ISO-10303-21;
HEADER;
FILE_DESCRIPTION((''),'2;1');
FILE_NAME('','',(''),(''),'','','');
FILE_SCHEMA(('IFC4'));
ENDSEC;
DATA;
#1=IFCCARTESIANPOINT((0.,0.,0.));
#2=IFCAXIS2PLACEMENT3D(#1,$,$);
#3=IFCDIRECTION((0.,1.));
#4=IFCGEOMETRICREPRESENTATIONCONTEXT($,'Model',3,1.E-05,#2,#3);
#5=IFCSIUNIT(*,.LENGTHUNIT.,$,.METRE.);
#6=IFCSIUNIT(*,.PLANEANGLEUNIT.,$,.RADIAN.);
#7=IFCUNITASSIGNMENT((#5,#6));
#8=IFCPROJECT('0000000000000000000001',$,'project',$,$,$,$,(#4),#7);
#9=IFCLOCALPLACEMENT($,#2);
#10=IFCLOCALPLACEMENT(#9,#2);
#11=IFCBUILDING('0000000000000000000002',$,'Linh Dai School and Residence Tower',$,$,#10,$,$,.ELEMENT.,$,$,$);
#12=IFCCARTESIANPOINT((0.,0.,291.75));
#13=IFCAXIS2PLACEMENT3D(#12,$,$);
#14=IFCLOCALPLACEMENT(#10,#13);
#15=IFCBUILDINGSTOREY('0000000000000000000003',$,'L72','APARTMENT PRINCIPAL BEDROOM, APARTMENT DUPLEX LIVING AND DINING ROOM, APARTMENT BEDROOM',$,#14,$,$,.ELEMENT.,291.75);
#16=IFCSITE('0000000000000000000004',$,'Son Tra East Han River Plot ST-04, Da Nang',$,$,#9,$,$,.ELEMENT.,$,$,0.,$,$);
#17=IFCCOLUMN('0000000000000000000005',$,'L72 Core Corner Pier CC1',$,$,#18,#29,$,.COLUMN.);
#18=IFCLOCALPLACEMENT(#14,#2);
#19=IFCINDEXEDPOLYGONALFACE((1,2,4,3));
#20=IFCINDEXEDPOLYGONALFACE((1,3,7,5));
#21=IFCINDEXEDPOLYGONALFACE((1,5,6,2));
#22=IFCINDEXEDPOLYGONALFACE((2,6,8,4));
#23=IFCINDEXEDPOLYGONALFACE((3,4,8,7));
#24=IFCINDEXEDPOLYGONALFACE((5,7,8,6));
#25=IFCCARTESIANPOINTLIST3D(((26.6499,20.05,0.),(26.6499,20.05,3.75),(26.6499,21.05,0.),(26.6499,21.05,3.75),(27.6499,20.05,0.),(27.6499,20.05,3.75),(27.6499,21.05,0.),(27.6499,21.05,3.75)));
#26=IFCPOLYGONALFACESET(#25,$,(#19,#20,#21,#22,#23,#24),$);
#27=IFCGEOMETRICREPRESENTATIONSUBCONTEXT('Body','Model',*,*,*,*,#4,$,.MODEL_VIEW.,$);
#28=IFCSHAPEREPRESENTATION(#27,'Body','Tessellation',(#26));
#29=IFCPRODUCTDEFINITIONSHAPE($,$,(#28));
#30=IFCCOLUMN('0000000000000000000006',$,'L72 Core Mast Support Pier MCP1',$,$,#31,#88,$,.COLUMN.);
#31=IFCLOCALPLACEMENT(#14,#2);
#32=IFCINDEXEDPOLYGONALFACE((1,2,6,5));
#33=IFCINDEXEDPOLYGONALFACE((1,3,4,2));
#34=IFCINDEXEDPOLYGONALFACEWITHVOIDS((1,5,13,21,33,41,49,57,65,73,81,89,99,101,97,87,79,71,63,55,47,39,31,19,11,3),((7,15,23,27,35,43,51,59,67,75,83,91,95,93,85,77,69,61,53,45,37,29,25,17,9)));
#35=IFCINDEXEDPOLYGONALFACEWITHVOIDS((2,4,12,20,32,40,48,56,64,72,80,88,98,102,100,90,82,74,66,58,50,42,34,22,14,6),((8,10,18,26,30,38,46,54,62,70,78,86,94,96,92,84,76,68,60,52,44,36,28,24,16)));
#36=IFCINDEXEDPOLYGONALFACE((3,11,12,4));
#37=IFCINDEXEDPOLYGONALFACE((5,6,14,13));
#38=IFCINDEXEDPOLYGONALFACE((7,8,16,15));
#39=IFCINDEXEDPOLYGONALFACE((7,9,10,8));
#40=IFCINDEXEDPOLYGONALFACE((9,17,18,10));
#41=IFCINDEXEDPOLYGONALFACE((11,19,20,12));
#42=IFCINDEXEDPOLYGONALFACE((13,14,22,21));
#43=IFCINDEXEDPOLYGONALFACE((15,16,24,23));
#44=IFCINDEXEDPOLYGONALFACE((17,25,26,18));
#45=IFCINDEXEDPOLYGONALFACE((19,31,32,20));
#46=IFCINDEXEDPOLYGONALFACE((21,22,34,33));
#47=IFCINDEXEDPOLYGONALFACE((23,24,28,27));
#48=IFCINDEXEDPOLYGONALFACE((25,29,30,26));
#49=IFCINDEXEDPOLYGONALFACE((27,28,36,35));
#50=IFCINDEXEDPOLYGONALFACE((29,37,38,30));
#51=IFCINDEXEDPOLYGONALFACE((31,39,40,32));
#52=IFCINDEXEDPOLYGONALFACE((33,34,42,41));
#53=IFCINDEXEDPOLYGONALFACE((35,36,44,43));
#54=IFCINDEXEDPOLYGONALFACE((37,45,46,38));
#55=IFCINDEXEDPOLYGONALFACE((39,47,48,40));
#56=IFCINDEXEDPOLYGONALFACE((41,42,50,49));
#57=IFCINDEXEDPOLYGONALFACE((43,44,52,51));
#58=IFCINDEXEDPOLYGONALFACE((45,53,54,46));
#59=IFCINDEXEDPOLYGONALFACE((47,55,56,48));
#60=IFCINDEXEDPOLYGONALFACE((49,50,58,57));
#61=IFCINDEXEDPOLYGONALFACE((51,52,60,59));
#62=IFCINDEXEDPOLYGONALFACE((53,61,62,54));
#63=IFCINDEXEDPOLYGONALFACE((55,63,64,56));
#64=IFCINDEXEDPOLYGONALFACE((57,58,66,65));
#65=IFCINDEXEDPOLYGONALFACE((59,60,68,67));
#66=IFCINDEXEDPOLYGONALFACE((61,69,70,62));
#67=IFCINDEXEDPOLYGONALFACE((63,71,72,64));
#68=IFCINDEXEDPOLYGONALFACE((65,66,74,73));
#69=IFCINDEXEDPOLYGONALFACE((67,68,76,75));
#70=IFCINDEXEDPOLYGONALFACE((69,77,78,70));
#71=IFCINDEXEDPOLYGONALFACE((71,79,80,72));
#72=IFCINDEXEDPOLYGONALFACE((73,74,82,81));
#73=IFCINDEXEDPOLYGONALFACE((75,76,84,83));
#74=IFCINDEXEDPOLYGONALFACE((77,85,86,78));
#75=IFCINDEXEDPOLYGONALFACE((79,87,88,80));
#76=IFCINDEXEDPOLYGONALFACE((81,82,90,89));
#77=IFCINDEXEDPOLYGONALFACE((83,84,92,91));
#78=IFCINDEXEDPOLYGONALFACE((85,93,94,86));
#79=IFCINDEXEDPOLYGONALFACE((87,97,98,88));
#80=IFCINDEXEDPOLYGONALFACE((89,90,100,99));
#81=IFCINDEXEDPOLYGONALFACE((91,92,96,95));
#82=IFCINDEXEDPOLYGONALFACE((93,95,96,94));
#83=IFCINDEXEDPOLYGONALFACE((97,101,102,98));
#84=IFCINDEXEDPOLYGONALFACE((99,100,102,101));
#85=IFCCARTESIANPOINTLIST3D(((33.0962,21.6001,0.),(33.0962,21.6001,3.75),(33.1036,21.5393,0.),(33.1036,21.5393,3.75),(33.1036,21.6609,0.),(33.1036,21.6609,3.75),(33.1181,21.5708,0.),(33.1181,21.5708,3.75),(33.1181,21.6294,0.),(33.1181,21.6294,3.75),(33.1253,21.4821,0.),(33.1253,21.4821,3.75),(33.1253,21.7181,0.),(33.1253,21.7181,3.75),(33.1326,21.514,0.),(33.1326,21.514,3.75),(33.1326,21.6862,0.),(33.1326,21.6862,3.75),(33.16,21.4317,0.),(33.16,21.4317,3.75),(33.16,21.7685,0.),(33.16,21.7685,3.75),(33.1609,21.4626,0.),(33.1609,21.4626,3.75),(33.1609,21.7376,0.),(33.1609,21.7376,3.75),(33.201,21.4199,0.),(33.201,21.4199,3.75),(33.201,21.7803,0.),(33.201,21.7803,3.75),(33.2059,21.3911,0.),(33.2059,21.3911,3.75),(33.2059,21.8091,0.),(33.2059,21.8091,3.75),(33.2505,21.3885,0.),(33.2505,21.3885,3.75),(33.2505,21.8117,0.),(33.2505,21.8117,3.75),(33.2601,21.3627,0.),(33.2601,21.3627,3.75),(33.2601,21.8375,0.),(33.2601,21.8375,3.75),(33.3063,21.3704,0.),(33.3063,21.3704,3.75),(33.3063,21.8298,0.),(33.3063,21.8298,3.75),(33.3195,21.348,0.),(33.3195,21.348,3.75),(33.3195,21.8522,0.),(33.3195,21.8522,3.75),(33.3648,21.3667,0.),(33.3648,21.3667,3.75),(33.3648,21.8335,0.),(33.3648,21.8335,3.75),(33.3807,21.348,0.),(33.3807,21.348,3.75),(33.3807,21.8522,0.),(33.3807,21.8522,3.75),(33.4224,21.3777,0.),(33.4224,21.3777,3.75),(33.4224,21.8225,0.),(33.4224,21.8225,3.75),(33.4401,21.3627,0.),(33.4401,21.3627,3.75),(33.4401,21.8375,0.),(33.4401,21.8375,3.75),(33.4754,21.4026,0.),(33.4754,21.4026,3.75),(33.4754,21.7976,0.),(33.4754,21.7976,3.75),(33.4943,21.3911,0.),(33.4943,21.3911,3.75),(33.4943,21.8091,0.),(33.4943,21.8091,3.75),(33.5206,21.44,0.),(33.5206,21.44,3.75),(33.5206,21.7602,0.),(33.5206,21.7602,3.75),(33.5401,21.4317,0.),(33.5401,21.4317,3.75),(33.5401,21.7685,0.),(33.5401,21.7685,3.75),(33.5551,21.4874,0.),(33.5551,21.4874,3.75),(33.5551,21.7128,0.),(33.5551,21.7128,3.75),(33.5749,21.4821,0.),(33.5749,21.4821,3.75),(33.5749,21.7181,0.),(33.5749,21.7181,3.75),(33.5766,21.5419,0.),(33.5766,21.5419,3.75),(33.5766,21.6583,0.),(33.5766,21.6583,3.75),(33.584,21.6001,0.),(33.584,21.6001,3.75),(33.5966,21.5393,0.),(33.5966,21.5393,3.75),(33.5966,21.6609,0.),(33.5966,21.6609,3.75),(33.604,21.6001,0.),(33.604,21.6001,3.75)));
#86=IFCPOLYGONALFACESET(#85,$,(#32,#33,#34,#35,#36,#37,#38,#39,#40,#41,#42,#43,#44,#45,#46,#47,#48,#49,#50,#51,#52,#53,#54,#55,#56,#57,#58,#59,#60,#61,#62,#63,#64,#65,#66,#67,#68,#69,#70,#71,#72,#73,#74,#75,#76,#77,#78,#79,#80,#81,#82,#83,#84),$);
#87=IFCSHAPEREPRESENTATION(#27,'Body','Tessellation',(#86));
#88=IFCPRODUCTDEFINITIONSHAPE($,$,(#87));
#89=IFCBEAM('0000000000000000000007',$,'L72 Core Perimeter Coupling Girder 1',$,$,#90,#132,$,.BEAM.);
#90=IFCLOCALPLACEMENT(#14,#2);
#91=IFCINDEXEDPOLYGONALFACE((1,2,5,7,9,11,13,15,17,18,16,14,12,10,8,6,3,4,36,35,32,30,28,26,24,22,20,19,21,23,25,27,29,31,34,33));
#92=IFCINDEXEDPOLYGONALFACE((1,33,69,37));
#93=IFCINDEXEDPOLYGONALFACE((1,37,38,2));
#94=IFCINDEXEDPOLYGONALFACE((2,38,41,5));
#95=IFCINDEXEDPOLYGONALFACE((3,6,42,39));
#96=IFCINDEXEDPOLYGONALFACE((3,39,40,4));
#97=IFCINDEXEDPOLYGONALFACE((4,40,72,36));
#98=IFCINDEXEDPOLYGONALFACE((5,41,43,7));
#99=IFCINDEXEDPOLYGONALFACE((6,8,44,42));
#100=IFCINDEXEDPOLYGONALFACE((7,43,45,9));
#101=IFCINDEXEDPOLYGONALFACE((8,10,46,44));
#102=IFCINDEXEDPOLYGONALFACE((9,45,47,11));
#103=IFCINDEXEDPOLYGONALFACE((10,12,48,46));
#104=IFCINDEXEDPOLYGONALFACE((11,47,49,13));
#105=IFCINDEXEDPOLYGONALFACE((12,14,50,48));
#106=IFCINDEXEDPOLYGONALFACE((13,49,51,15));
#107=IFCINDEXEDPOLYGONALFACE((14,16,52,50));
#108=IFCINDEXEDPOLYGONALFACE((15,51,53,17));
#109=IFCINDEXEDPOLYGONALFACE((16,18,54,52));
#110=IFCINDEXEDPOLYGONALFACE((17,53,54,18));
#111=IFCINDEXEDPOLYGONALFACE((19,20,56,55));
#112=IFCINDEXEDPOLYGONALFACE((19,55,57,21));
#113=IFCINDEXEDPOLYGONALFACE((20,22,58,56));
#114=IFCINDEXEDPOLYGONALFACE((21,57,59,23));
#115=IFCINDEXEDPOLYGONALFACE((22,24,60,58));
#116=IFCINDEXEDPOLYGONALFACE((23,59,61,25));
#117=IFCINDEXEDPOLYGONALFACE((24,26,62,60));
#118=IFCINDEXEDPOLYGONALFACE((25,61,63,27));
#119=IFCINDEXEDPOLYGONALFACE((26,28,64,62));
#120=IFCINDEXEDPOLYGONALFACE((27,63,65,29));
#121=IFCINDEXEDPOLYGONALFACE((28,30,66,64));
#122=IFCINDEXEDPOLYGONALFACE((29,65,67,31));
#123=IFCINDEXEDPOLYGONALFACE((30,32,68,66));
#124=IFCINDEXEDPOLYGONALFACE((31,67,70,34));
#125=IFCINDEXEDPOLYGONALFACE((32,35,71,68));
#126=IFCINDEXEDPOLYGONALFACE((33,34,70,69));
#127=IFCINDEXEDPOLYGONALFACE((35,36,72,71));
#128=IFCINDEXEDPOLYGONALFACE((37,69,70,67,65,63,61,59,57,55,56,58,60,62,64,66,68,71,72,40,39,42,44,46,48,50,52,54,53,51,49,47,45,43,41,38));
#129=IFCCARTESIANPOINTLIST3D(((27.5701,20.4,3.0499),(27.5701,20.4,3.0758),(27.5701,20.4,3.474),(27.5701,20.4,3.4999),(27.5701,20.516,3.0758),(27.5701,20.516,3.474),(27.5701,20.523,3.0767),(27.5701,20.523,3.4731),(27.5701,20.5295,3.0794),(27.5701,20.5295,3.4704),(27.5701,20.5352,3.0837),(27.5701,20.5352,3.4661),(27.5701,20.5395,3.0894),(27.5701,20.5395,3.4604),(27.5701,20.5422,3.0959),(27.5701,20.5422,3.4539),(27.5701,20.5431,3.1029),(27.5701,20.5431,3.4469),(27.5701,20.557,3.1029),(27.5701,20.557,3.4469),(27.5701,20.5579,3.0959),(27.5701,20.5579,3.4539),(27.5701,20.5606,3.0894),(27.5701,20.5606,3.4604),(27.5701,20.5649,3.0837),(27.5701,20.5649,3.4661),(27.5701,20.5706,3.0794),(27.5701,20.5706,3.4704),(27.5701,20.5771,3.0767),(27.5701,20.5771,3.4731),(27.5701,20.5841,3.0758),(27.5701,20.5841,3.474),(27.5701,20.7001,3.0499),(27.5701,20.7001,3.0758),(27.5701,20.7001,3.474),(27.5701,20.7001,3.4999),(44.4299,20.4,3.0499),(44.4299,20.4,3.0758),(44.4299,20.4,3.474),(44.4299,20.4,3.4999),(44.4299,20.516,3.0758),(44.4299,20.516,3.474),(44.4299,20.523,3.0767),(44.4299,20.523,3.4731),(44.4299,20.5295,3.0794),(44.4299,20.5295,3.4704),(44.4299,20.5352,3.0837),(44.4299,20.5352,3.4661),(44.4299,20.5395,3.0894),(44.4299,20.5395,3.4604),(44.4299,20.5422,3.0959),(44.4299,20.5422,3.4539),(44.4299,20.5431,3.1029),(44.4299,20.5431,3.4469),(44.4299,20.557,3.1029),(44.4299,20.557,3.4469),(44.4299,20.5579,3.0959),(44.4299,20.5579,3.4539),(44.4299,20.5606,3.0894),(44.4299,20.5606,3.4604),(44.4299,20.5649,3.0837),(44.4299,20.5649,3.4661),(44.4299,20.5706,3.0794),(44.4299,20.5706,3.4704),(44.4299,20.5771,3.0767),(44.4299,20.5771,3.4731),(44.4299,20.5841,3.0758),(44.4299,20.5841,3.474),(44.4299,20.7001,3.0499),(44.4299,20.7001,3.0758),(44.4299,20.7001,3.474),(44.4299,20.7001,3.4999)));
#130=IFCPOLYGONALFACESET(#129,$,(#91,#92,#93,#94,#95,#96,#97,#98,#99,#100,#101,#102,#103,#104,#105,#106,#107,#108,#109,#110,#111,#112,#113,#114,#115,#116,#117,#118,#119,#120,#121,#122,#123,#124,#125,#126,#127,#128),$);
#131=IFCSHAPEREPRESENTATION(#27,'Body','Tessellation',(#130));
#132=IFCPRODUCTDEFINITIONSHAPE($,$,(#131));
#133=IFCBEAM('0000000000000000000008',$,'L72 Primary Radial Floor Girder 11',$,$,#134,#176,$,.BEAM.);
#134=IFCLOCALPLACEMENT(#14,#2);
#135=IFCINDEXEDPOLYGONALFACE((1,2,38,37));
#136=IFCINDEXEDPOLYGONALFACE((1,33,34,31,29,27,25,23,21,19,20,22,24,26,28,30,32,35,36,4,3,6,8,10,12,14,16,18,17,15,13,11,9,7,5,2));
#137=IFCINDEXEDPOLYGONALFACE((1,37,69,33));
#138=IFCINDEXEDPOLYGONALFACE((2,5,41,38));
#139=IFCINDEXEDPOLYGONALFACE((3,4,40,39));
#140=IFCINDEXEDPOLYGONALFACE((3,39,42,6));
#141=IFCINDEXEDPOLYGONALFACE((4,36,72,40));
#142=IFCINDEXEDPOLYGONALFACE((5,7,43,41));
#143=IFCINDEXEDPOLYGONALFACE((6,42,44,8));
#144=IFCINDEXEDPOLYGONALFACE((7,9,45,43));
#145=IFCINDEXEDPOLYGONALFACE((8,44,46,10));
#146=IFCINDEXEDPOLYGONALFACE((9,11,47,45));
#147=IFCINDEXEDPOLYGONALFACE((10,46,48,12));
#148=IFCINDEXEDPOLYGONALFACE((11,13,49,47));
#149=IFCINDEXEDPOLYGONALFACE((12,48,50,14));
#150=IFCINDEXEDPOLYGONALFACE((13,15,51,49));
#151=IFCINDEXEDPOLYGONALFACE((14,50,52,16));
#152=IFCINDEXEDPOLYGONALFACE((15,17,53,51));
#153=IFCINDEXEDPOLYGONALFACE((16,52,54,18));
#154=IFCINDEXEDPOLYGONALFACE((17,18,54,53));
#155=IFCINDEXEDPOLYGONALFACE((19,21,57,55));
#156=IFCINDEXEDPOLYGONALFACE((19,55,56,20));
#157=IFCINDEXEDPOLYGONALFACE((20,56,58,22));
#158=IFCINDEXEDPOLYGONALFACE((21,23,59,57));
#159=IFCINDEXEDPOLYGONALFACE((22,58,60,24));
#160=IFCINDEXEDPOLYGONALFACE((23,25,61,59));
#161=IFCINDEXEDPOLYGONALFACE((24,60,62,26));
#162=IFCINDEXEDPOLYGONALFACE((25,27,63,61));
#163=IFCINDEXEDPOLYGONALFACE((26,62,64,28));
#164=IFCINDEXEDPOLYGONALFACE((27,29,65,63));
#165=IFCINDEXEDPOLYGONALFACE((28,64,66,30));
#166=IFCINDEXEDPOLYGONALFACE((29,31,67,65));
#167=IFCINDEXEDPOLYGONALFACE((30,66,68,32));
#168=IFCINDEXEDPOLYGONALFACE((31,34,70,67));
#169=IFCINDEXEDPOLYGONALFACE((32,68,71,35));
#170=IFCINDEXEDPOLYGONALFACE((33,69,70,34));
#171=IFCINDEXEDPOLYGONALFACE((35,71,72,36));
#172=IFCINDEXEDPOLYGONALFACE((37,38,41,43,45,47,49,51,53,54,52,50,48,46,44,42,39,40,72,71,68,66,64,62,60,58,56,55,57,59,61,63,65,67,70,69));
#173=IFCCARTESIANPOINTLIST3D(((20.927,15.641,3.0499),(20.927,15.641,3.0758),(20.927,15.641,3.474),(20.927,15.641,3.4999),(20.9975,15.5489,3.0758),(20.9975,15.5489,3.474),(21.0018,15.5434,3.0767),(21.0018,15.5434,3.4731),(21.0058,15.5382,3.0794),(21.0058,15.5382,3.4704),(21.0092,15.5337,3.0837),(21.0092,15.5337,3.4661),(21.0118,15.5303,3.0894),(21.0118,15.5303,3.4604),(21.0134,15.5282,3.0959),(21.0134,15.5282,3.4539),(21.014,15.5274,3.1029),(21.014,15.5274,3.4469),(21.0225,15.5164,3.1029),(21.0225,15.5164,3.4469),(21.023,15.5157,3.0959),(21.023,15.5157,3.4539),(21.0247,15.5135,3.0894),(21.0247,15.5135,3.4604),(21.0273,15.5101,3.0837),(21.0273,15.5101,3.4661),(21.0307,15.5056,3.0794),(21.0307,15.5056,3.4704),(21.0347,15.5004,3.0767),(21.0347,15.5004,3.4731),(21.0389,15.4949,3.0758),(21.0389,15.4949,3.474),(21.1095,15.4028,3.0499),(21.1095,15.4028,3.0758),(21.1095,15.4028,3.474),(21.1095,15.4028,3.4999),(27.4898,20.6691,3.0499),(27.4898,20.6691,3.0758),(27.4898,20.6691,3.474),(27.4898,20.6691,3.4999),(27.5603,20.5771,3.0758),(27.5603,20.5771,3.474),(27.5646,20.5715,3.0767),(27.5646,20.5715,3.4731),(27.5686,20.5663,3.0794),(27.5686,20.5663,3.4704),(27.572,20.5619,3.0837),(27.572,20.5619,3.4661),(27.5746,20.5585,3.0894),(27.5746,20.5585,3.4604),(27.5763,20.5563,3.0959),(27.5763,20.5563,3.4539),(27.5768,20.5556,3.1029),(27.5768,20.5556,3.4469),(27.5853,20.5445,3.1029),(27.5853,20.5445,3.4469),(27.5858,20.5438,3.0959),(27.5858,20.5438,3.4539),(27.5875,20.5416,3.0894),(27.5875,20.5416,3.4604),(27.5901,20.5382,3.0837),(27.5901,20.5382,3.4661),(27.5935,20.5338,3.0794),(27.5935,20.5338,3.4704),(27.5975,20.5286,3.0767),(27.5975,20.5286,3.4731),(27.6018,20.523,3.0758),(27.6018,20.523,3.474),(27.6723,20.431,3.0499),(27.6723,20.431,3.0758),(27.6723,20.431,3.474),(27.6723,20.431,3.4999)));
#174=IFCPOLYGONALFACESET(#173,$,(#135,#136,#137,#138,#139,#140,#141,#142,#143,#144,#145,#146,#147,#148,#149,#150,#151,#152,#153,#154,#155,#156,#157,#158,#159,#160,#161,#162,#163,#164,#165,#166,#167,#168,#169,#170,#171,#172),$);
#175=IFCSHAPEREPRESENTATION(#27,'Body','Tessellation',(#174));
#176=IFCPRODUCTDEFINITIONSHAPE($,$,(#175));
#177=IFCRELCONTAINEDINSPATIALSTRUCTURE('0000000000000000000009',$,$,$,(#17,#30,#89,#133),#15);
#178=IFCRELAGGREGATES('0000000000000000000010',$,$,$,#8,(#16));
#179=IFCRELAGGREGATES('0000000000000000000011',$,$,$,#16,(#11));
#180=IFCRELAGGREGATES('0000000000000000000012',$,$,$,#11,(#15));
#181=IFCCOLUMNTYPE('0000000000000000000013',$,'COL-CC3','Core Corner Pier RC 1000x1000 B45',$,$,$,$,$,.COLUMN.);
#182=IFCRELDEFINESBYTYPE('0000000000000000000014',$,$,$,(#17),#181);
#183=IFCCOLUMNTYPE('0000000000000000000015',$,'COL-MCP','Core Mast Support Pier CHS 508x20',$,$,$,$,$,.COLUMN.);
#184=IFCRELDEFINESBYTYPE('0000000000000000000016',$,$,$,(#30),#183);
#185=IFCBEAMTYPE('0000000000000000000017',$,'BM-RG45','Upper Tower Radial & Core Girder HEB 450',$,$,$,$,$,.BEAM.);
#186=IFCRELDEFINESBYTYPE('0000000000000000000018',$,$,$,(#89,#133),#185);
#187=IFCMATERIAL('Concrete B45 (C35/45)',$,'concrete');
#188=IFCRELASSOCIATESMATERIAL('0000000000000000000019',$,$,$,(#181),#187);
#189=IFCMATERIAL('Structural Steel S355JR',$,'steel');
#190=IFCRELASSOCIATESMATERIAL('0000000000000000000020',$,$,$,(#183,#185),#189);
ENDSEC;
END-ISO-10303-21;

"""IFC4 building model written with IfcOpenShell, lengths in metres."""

from ifc_helpers import new_model, si_unit, direction, frame, origin, origin_2d, place, context, subcontext, project, spatial, rectangle, hollow_circle, i_section, extrude, material, material_profile, profile_set, type_object, element, save


model = new_model("IFC4")

# Units and contexts
model_context = context("Model", 3, precision=1e-05, world=origin(), true_north=direction((0.0, 1.0)))
body_context = subcontext(model_context, "Body", "Model", "MODEL_VIEW")
ifc_project = project(units=[si_unit("LENGTHUNIT", "METRE"), si_unit("PLANEANGLEUNIT", "RADIAN")], contexts=[model_context])

# Site, building, storey
site_placement = place(None, origin())
site = spatial("IfcSite", under=ifc_project, at=site_placement, Name="Son Tra East Han River Plot ST-04, Da Nang", CompositionType="ELEMENT", RefElevation=0.0)
building_placement = place(site_placement, origin())
building = spatial("IfcBuilding", under=site, at=building_placement, Name="Linh Dai School and Residence Tower", CompositionType="ELEMENT")
storey_placement = place(building_placement, frame((0.0, 0.0, 291.75)))
storey = spatial("IfcBuildingStorey", under=building, at=storey_placement, Name="L72", Description="APARTMENT PRINCIPAL BEDROOM, APARTMENT DUPLEX LIVING AND DINING ROOM, APARTMENT BEDROOM", CompositionType="ELEMENT", Elevation=291.75)

# Columns
ifc_material_1 = material(Name="Concrete B45 (C35/45)", Category="concrete")
ifc_material_profile_1 = material_profile(ifc_material_1, rectangle(XDim=1.0, YDim=1.0, at=origin_2d()), Name="RC 1000x1000")
ifc_profile_set_1 = profile_set([ifc_material_profile_1], Name="Concrete B45 (C35/45)")
column_type_1 = type_object("IfcColumnType", Name="COL-CC3", Description="Core Corner Pier RC 1000x1000 B45", PredefinedType="COLUMN", material=ifc_profile_set_1)
column_1_placement = place(storey_placement, frame((27.1499, 20.55, 0.0), z_axis=(0.0, 0.0, 1.0), x_axis=(1.0, 0.0, 0.0)))
element("IfcColumn", 1, at=column_1_placement, inside=storey, type_object=column_type_1, Name="L72 Core Corner Pier CC1", PredefinedType="COLUMN", context=body_context, shape_type="SweptSolid", body=[
    extrude(rectangle(XDim=1.0, YDim=1.0, at=origin_2d()), origin(), (0.0, 0.0, 1.0), 3.75),
])
ifc_material_2 = material(Name="Structural Steel S355JR", Category="steel")
ifc_material_profile_2 = material_profile(ifc_material_2, hollow_circle(Radius=0.2539, WallThickness=0.02, at=origin_2d()), Name="CHS 508x20")
ifc_profile_set_2 = profile_set([ifc_material_profile_2], Name="Structural Steel S355JR")
column_type_2 = type_object("IfcColumnType", Name="COL-MCP", Description="Core Mast Support Pier CHS 508x20", PredefinedType="COLUMN", material=ifc_profile_set_2)
column_2_placement = place(storey_placement, frame((33.3501, 21.6001, 0.0), z_axis=(0.0, 0.0, 1.0), x_axis=(1.0, 0.0, 0.0)))
element("IfcColumn", 2, at=column_2_placement, inside=storey, type_object=column_type_2, Name="L72 Core Mast Support Pier MCP1", PredefinedType="COLUMN", context=body_context, shape_type="SweptSolid", body=[
    extrude(hollow_circle(Radius=0.2539, WallThickness=0.02, at=origin_2d()), origin(), (0.0, 0.0, 1.0), 3.75),
])

# Beams
ifc_material_profile_3 = material_profile(ifc_material_2, i_section(OverallWidth=0.3, OverallDepth=0.45, WebThickness=0.0139, FlangeThickness=0.0259, FilletRadius=0.0271, at=origin_2d()), Name="HEB 450")
ifc_profile_set_3 = profile_set([ifc_material_profile_3], Name="Structural Steel S355JR")
beam_type_1 = type_object("IfcBeamType", Name="BM-RG45", Description="Upper Tower Radial & Core Girder HEB 450", PredefinedType="BEAM", material=ifc_profile_set_3)
beam_1_placement = place(storey_placement, frame((27.5701, 20.55, 3.2749), z_axis=(1.0, 0.0, 0.0), x_axis=(0.0, 1.0, 0.0)))
element("IfcBeam", 3, at=beam_1_placement, inside=storey, type_object=beam_type_1, Name="L72 Core Perimeter Coupling Girder 1", PredefinedType="BEAM", context=body_context, shape_type="SweptSolid", body=[
    extrude(i_section(OverallWidth=0.3, OverallDepth=0.45, WebThickness=0.0139, FlangeThickness=0.0259, FilletRadius=0.0271, at=origin_2d()), origin(), (0.0, 0.0, 1.0), 16.8599),
])
beam_2_placement = place(storey_placement, frame((27.5811, 20.55, 3.2749), z_axis=(-0.793803, -0.608175, 0.0), x_axis=(0.608175, -0.793803, 0.0)))
element("IfcBeam", 4, at=beam_2_placement, inside=storey, type_object=beam_type_1, Name="L72 Primary Radial Floor Girder 11", PredefinedType="BEAM", context=body_context, shape_type="SweptSolid", body=[
    extrude(i_section(OverallWidth=0.3, OverallDepth=0.45, WebThickness=0.0139, FlangeThickness=0.0259, FilletRadius=0.0271, at=origin_2d()), origin(), (0.0, 0.0, 1.0), 8.2676),
])

save(model, "model.ifc")
